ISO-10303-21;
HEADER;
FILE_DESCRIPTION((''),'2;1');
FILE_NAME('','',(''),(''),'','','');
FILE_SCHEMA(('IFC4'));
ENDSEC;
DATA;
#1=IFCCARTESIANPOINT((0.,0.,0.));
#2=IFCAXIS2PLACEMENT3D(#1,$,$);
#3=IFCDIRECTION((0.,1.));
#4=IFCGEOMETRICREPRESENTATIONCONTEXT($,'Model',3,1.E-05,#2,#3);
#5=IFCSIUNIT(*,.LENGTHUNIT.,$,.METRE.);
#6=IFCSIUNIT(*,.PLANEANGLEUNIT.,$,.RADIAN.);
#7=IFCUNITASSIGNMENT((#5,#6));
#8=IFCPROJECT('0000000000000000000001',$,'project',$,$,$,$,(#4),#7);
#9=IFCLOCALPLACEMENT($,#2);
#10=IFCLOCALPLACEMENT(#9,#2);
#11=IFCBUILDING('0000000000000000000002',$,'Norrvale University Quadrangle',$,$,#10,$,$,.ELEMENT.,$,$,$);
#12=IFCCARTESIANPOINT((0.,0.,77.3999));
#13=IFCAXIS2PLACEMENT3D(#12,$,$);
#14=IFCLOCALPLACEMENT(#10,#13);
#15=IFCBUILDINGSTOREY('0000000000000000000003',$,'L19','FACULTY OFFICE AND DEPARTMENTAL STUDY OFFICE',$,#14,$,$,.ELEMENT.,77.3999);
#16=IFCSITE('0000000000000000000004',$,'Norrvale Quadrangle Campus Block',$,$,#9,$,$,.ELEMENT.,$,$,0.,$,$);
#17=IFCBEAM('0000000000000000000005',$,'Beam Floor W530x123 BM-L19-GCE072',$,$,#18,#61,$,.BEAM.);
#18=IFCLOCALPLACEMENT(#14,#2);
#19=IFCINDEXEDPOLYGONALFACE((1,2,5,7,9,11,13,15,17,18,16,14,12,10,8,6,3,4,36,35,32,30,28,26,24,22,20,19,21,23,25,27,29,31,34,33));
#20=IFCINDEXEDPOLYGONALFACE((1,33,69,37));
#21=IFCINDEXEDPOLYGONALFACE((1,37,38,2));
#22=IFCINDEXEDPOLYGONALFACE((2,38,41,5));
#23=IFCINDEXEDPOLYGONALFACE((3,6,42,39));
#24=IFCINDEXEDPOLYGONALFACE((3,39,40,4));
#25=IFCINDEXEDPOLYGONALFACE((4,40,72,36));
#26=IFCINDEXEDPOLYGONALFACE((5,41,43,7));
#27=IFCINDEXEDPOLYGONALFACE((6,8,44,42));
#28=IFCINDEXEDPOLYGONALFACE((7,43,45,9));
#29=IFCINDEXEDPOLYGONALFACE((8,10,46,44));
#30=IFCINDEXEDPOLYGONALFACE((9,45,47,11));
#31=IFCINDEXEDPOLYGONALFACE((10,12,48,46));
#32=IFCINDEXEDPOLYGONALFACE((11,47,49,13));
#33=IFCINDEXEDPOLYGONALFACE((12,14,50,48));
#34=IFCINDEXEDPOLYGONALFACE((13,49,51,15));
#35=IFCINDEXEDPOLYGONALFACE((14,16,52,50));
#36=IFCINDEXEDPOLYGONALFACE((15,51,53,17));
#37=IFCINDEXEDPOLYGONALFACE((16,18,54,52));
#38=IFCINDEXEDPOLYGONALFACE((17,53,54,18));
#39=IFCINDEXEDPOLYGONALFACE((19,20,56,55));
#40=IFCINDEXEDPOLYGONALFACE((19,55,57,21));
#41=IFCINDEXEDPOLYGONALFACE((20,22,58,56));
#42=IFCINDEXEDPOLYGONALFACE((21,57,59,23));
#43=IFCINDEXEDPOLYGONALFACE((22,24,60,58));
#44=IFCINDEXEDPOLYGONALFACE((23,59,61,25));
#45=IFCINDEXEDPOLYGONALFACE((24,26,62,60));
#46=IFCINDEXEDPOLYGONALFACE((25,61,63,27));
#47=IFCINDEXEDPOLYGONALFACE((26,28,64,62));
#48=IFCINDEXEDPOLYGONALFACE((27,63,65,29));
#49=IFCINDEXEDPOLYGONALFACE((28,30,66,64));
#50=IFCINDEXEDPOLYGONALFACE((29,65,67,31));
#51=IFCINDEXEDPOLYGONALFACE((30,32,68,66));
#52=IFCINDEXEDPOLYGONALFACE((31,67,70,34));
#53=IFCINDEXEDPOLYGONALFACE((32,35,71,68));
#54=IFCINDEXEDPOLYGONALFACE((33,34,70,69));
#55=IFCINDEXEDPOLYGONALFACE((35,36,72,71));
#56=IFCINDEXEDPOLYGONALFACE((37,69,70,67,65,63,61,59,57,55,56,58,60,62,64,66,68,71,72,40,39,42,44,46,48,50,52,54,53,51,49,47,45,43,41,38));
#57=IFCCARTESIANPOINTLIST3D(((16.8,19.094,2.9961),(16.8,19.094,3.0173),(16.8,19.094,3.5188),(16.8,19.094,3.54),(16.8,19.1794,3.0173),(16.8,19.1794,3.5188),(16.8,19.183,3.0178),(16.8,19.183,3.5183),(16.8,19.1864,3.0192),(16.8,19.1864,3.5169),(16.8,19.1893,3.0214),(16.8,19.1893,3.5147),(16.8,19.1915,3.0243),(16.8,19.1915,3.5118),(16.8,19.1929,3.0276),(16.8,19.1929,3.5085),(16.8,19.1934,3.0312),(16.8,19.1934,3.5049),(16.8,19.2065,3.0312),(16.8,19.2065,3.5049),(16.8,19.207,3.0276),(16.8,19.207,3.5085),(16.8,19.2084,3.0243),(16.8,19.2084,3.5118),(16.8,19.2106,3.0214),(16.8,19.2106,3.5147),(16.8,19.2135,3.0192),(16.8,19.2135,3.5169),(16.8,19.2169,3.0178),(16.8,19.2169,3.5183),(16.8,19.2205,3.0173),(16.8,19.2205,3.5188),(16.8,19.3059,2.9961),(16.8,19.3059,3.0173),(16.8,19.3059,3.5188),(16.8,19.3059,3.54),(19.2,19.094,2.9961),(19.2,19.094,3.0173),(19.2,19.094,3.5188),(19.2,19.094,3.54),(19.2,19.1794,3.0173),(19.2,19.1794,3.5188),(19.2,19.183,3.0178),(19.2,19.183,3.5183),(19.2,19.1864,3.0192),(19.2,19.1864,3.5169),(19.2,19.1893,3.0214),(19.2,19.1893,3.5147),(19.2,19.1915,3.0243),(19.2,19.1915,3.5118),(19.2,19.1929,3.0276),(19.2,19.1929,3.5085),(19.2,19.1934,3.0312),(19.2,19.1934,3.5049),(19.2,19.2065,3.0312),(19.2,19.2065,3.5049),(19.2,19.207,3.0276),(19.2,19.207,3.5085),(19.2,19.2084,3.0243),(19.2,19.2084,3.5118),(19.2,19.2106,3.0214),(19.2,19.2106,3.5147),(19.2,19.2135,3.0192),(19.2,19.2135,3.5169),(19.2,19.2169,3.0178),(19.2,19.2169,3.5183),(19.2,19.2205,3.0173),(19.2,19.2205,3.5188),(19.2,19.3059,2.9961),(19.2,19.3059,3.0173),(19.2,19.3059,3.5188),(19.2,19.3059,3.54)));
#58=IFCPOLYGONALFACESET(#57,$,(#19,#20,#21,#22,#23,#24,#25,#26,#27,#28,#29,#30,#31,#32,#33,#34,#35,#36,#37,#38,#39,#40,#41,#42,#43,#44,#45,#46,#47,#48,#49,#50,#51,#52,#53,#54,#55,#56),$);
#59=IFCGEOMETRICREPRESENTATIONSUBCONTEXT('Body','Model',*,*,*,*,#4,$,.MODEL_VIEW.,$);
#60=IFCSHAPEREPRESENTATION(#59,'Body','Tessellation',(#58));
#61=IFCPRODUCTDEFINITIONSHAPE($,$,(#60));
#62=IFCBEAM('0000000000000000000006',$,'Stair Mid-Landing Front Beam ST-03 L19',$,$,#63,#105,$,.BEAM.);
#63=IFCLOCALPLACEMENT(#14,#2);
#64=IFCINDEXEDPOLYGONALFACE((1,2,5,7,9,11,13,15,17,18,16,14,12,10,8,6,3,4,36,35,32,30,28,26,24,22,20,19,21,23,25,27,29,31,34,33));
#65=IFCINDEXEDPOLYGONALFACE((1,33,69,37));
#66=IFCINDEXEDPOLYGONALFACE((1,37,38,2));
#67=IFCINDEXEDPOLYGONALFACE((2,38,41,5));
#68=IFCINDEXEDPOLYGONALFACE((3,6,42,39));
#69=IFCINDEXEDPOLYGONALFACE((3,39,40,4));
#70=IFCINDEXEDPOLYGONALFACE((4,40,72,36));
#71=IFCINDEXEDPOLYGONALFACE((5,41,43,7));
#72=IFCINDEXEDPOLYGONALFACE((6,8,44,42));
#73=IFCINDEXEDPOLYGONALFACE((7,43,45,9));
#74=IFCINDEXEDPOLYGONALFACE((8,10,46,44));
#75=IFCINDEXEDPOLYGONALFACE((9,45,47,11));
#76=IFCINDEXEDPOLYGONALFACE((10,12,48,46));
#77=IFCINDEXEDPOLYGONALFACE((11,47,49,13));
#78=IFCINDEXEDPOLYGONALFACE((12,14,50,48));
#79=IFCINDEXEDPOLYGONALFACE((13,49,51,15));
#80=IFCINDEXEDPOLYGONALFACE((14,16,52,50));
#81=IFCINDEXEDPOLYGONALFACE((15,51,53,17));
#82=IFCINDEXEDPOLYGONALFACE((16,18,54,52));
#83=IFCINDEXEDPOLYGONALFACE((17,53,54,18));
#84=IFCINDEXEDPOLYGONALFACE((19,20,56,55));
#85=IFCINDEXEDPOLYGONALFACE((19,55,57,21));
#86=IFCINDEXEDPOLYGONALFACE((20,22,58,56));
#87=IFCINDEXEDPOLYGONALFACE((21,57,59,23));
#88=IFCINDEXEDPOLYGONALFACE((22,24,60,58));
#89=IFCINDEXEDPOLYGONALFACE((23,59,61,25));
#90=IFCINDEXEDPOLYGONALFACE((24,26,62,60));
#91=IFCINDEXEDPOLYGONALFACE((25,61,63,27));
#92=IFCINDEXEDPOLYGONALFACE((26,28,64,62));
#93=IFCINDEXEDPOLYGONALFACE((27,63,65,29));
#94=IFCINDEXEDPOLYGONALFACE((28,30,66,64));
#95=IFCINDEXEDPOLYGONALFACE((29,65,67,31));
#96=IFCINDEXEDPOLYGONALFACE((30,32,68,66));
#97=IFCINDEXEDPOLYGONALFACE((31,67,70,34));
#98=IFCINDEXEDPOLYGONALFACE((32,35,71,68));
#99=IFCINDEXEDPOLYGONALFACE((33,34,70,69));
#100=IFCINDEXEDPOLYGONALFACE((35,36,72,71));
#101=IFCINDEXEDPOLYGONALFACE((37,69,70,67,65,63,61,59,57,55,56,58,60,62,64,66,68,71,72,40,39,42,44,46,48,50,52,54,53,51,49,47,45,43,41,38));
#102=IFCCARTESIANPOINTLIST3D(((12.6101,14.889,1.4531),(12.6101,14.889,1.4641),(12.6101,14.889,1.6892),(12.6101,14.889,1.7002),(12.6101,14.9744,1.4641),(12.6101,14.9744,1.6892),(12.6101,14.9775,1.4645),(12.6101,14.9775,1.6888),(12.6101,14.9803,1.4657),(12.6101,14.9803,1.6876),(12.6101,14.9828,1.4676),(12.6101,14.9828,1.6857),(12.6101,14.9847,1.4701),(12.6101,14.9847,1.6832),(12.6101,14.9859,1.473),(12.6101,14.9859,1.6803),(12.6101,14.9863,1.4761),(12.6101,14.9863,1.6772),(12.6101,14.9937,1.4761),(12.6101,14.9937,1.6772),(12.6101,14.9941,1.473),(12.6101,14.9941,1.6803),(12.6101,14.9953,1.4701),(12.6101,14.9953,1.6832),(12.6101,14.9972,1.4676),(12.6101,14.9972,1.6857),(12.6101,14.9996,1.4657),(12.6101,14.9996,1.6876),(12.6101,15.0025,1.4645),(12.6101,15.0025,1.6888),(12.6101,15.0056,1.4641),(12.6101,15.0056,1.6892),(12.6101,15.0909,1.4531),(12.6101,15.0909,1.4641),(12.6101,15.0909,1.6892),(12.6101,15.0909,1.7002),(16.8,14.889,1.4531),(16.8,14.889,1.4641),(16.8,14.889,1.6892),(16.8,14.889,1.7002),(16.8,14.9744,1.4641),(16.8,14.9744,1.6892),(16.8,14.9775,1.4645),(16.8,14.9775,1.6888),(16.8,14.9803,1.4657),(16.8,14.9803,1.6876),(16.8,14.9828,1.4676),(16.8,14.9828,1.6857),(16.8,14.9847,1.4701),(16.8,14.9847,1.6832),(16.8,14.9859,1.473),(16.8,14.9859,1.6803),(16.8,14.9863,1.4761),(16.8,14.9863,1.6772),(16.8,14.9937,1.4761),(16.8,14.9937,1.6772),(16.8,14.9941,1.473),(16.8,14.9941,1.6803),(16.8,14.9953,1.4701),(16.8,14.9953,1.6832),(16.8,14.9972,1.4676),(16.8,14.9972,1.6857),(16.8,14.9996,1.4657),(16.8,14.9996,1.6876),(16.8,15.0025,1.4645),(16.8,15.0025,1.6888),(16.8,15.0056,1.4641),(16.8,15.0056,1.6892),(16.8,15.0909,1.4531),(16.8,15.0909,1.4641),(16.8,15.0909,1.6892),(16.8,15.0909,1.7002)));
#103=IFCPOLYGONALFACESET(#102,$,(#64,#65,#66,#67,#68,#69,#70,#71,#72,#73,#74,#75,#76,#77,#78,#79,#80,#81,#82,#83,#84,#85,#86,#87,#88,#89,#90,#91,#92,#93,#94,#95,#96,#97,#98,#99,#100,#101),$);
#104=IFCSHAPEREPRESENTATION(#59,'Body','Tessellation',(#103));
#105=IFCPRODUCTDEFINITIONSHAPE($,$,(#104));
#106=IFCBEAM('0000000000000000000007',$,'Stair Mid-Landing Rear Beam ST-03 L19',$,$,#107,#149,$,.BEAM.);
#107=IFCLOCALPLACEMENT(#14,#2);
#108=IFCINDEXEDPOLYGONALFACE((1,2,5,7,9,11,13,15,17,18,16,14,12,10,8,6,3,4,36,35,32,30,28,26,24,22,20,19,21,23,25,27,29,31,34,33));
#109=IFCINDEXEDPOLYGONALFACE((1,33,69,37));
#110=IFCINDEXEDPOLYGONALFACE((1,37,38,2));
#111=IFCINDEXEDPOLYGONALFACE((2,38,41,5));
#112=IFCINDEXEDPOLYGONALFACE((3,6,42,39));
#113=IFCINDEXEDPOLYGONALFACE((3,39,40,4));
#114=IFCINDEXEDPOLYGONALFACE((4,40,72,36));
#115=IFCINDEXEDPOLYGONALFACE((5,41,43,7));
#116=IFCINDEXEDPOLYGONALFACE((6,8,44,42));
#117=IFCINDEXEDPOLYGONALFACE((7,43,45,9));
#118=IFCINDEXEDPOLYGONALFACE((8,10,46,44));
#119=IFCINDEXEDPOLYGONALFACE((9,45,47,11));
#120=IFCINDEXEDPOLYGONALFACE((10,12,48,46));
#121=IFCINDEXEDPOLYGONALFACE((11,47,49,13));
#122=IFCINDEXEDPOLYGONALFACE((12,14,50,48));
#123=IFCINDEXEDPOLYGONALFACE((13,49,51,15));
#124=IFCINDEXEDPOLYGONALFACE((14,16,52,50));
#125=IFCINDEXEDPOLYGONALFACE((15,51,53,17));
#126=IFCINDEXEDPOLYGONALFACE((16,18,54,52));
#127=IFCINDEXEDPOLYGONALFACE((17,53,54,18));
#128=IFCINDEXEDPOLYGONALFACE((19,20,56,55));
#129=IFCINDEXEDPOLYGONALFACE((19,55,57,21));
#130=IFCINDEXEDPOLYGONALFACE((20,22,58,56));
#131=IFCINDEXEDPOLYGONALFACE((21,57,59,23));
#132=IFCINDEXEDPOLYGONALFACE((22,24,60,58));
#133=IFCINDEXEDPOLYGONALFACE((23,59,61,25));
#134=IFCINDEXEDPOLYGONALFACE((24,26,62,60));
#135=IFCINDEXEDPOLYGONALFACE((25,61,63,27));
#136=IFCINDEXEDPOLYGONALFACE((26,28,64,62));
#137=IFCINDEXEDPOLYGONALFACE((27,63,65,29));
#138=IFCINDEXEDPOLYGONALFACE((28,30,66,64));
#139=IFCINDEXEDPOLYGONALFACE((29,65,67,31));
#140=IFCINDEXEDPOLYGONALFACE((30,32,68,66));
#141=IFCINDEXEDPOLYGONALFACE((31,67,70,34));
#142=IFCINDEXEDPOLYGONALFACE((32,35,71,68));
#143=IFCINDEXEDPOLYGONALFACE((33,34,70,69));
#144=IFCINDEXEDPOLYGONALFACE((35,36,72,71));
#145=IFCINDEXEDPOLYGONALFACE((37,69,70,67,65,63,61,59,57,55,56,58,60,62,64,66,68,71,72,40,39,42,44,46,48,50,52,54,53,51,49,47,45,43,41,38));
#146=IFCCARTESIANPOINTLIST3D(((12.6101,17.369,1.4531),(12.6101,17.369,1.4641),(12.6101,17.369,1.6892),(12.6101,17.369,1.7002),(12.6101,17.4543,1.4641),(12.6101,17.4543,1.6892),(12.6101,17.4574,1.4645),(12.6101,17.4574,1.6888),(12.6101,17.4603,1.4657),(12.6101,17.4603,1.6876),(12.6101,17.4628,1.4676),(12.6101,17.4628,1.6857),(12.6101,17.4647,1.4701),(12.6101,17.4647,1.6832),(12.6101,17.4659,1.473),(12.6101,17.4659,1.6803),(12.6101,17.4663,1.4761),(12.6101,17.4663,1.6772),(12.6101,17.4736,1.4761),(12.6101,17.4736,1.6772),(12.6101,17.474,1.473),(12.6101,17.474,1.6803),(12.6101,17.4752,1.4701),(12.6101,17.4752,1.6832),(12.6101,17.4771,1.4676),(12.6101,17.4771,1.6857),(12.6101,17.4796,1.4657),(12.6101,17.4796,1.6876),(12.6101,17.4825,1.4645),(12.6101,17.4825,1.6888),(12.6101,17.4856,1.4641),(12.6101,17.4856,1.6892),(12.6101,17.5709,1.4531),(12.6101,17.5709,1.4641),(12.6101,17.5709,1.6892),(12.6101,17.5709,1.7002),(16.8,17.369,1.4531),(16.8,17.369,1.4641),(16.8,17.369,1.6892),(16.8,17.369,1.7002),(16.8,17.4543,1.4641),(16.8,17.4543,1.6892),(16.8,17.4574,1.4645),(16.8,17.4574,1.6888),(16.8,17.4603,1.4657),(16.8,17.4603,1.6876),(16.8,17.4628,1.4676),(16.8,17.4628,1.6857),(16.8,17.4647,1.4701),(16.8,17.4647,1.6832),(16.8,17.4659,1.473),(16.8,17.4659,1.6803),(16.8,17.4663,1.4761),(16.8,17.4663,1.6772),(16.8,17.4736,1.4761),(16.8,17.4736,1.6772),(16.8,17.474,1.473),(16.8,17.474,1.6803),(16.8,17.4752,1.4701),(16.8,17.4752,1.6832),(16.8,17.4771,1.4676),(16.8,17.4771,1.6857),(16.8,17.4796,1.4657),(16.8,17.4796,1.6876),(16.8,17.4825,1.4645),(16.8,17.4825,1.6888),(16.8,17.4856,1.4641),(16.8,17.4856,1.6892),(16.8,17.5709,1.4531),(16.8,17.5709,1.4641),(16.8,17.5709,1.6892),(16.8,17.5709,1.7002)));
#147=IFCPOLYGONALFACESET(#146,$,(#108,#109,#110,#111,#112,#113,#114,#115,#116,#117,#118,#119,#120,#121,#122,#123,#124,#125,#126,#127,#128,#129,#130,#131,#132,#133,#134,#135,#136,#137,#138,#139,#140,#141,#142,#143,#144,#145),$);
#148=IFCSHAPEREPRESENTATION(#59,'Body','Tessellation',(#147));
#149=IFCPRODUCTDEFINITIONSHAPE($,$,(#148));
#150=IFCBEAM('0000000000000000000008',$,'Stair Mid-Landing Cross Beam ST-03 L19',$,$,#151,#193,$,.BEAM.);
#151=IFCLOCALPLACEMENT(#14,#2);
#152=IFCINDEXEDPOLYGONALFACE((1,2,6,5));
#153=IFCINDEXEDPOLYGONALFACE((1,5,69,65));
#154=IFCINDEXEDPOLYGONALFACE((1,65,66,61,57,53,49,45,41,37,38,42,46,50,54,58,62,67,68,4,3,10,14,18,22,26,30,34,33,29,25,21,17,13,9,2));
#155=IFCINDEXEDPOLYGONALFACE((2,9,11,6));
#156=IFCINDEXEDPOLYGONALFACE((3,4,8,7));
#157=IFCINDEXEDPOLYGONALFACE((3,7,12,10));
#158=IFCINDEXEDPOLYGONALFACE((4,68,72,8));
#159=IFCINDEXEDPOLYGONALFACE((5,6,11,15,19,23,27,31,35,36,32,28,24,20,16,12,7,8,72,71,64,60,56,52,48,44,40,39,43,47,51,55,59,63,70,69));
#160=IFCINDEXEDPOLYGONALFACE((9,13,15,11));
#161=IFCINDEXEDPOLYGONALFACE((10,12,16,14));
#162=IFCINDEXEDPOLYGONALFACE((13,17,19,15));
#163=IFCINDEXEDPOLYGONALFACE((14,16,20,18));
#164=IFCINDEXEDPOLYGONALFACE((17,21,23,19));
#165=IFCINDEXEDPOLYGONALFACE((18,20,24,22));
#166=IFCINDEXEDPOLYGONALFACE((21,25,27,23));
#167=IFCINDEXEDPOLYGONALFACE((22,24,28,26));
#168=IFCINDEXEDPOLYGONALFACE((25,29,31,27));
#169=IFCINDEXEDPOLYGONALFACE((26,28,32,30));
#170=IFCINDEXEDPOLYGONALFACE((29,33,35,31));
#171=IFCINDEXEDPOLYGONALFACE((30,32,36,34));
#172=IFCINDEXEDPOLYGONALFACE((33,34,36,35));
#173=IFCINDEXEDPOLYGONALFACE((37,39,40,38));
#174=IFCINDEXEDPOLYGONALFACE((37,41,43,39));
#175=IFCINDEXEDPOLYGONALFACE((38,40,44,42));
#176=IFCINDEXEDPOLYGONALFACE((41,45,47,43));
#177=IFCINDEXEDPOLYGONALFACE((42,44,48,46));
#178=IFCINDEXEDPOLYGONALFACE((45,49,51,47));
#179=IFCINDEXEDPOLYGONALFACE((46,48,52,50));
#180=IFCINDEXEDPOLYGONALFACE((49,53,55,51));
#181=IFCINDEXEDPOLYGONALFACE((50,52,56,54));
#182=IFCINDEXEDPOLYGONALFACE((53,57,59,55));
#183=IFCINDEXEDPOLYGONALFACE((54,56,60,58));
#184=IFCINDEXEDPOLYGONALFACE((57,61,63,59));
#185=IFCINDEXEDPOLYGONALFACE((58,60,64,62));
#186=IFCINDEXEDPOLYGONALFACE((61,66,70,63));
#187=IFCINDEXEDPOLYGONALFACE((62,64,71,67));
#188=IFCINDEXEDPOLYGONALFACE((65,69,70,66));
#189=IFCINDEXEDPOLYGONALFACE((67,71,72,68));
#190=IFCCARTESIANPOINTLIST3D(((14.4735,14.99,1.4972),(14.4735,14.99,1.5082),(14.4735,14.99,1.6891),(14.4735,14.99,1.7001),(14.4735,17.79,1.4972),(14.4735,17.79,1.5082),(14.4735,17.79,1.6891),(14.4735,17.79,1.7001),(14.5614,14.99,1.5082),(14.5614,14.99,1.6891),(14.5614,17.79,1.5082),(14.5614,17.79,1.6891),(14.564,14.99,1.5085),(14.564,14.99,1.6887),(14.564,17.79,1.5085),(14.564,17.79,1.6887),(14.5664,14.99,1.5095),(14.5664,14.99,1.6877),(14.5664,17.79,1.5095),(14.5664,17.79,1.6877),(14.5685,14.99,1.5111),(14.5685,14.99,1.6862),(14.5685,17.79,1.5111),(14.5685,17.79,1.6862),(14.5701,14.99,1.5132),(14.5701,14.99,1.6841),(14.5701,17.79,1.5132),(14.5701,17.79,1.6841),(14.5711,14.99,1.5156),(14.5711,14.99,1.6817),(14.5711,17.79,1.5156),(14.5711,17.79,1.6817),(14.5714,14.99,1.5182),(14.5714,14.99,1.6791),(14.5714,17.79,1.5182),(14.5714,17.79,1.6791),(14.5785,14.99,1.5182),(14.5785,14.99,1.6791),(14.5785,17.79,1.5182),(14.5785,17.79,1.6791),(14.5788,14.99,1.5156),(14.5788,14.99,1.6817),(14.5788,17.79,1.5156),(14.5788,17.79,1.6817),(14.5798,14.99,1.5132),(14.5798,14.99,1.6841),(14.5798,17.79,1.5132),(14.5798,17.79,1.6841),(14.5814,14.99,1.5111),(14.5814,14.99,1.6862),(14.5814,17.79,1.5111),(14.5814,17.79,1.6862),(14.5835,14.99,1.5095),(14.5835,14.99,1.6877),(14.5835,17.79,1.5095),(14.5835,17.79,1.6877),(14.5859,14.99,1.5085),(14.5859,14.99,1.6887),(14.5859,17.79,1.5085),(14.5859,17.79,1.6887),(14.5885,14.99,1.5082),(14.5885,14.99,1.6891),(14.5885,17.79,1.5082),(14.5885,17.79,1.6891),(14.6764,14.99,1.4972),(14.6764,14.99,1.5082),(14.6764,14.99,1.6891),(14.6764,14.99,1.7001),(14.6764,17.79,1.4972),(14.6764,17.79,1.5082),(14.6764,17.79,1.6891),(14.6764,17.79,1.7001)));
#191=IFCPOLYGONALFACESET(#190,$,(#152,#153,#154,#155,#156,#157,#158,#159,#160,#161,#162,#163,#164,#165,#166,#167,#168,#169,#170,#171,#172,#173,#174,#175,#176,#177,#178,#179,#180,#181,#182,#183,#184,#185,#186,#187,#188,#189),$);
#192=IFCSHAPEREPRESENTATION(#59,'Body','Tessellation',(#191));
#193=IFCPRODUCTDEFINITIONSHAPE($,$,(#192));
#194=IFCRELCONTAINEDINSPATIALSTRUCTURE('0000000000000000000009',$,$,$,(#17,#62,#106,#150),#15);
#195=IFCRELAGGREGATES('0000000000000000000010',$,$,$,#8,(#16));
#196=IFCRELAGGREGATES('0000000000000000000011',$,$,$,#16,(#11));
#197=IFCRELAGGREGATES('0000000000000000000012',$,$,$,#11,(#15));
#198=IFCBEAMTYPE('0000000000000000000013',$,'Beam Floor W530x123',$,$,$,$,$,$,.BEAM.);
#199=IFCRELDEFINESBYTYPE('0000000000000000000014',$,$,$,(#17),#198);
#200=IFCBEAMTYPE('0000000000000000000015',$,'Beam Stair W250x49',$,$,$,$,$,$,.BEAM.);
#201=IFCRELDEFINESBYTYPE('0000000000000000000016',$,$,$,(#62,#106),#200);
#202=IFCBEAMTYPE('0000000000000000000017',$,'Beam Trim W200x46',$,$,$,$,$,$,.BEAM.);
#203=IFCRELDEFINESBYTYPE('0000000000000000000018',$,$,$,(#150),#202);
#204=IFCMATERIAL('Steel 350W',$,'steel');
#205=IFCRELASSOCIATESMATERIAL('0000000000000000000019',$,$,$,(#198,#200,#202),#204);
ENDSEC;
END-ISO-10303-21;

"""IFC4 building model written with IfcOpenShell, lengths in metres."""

from ifc_helpers import new_model, si_unit, direction, frame, origin, origin_2d, place, context, subcontext, project, spatial, i_section, extrude, material, material_profile, profile_set, type_object, element, save


model = new_model("IFC4")

# Units and contexts
model_context = context("Model", 3, precision=1e-05, world=origin(), true_north=direction((0.0, 1.0)))
body_context = subcontext(model_context, "Body", "Model", "MODEL_VIEW")
ifc_project = project(units=[si_unit("LENGTHUNIT", "METRE"), si_unit("PLANEANGLEUNIT", "RADIAN")], contexts=[model_context])

# Site, building, storey
site_placement = place(None, origin())
site = spatial("IfcSite", under=ifc_project, at=site_placement, Name="Norrvale Quadrangle Campus Block", CompositionType="ELEMENT", RefElevation=0.0)
building_placement = place(site_placement, origin())
building = spatial("IfcBuilding", under=site, at=building_placement, Name="Norrvale University Quadrangle", CompositionType="ELEMENT")
storey_placement = place(building_placement, frame((0.0, 0.0, 77.3999)))
storey = spatial("IfcBuildingStorey", under=building, at=storey_placement, Name="L19", Description="FACULTY OFFICE AND DEPARTMENTAL STUDY OFFICE", CompositionType="ELEMENT", Elevation=77.3999)

# Beams
ifc_material_1 = material(Name="Steel 350W", Category="steel")
ifc_material_profile_1 = material_profile(ifc_material_1, i_section(OverallWidth=0.2119, OverallDepth=0.5439, WebThickness=0.0132, FlangeThickness=0.0212, FilletRadius=0.0139, at=origin_2d()), Name="Steel 350W")
ifc_profile_set_1 = profile_set([ifc_material_profile_1], Name="Steel 350W")
beam_type_1 = type_object("IfcBeamType", Name="Beam Floor W530x123", PredefinedType="BEAM", material=ifc_profile_set_1)
beam_1_placement = place(storey_placement, frame((16.8, 19.2, 3.2681), z_axis=(1.0, 0.0, 0.0), x_axis=(0.0, 1.0, 0.0)))
element("IfcBeam", 1, at=beam_1_placement, inside=storey, type_object=beam_type_1, Name="Beam Floor W530x123 BM-L19-GCE072", PredefinedType="BEAM", context=body_context, shape_type="SweptSolid", body=[
    extrude(i_section(OverallWidth=0.2119, OverallDepth=0.5439, WebThickness=0.0132, FlangeThickness=0.0212, FilletRadius=0.0139, at=origin_2d()), origin(), (0.0, 0.0, 1.0), 2.3999),
])
ifc_material_profile_2 = material_profile(ifc_material_1, i_section(OverallWidth=0.2019, OverallDepth=0.2471, WebThickness=0.0073, FlangeThickness=0.011, FilletRadius=0.012, at=origin_2d()), Name="Steel 350W")
ifc_profile_set_2 = profile_set([ifc_material_profile_2], Name="Steel 350W")
beam_type_2 = type_object("IfcBeamType", Name="Beam Stair W250x49", PredefinedType="BEAM", material=ifc_profile_set_2)
for number, where, z_axis, x_axis, name in (
    (2, (12.6101, 14.99, 1.5767), (1.0, 0.0, 0.0), (0.0, 1.0, 0.0), "Stair Mid-Landing Front Beam ST-03 L19"),
    (3, (12.6101, 17.47, 1.5767), (1.0, 0.0, 0.0), (0.0, 1.0, 0.0), "Stair Mid-Landing Rear Beam ST-03 L19"),
):
    element("IfcBeam", number, at=place(storey_placement, frame(where, z_axis=z_axis, x_axis=x_axis)), inside=storey, type_object=beam_type_2, Name=name, PredefinedType="BEAM", context=body_context, shape_type="SweptSolid", body=[
        extrude(i_section(OverallWidth=0.2019, OverallDepth=0.2471, WebThickness=0.0073, FlangeThickness=0.011, FilletRadius=0.012, at=origin_2d()), origin(), (0.0, 0.0, 1.0), 4.1899),
    ])
ifc_material_profile_3 = material_profile(ifc_material_1, i_section(OverallWidth=0.2029, OverallDepth=0.2029, WebThickness=0.0071, FlangeThickness=0.011, FilletRadius=0.01, at=origin_2d()), Name="Steel 350W")
ifc_profile_set_3 = profile_set([ifc_material_profile_3], Name="Steel 350W")
beam_type_3 = type_object("IfcBeamType", Name="Beam Trim W200x46", PredefinedType="BEAM", material=ifc_profile_set_3)
beam_2_placement = place(storey_placement, frame((14.575, 14.99, 1.5986), z_axis=(0.0, 1.0, 0.0), x_axis=(-1.0, 0.0, 0.0)))
element("IfcBeam", 4, at=beam_2_placement, inside=storey, type_object=beam_type_3, Name="Stair Mid-Landing Cross Beam ST-03 L19", PredefinedType="BEAM", context=body_context, shape_type="SweptSolid", body=[
    extrude(i_section(OverallWidth=0.2029, OverallDepth=0.2029, WebThickness=0.0071, FlangeThickness=0.011, FilletRadius=0.01, at=origin_2d()), origin(), (0.0, 0.0, 1.0), 2.8),
])

save(model, "model.ifc")
